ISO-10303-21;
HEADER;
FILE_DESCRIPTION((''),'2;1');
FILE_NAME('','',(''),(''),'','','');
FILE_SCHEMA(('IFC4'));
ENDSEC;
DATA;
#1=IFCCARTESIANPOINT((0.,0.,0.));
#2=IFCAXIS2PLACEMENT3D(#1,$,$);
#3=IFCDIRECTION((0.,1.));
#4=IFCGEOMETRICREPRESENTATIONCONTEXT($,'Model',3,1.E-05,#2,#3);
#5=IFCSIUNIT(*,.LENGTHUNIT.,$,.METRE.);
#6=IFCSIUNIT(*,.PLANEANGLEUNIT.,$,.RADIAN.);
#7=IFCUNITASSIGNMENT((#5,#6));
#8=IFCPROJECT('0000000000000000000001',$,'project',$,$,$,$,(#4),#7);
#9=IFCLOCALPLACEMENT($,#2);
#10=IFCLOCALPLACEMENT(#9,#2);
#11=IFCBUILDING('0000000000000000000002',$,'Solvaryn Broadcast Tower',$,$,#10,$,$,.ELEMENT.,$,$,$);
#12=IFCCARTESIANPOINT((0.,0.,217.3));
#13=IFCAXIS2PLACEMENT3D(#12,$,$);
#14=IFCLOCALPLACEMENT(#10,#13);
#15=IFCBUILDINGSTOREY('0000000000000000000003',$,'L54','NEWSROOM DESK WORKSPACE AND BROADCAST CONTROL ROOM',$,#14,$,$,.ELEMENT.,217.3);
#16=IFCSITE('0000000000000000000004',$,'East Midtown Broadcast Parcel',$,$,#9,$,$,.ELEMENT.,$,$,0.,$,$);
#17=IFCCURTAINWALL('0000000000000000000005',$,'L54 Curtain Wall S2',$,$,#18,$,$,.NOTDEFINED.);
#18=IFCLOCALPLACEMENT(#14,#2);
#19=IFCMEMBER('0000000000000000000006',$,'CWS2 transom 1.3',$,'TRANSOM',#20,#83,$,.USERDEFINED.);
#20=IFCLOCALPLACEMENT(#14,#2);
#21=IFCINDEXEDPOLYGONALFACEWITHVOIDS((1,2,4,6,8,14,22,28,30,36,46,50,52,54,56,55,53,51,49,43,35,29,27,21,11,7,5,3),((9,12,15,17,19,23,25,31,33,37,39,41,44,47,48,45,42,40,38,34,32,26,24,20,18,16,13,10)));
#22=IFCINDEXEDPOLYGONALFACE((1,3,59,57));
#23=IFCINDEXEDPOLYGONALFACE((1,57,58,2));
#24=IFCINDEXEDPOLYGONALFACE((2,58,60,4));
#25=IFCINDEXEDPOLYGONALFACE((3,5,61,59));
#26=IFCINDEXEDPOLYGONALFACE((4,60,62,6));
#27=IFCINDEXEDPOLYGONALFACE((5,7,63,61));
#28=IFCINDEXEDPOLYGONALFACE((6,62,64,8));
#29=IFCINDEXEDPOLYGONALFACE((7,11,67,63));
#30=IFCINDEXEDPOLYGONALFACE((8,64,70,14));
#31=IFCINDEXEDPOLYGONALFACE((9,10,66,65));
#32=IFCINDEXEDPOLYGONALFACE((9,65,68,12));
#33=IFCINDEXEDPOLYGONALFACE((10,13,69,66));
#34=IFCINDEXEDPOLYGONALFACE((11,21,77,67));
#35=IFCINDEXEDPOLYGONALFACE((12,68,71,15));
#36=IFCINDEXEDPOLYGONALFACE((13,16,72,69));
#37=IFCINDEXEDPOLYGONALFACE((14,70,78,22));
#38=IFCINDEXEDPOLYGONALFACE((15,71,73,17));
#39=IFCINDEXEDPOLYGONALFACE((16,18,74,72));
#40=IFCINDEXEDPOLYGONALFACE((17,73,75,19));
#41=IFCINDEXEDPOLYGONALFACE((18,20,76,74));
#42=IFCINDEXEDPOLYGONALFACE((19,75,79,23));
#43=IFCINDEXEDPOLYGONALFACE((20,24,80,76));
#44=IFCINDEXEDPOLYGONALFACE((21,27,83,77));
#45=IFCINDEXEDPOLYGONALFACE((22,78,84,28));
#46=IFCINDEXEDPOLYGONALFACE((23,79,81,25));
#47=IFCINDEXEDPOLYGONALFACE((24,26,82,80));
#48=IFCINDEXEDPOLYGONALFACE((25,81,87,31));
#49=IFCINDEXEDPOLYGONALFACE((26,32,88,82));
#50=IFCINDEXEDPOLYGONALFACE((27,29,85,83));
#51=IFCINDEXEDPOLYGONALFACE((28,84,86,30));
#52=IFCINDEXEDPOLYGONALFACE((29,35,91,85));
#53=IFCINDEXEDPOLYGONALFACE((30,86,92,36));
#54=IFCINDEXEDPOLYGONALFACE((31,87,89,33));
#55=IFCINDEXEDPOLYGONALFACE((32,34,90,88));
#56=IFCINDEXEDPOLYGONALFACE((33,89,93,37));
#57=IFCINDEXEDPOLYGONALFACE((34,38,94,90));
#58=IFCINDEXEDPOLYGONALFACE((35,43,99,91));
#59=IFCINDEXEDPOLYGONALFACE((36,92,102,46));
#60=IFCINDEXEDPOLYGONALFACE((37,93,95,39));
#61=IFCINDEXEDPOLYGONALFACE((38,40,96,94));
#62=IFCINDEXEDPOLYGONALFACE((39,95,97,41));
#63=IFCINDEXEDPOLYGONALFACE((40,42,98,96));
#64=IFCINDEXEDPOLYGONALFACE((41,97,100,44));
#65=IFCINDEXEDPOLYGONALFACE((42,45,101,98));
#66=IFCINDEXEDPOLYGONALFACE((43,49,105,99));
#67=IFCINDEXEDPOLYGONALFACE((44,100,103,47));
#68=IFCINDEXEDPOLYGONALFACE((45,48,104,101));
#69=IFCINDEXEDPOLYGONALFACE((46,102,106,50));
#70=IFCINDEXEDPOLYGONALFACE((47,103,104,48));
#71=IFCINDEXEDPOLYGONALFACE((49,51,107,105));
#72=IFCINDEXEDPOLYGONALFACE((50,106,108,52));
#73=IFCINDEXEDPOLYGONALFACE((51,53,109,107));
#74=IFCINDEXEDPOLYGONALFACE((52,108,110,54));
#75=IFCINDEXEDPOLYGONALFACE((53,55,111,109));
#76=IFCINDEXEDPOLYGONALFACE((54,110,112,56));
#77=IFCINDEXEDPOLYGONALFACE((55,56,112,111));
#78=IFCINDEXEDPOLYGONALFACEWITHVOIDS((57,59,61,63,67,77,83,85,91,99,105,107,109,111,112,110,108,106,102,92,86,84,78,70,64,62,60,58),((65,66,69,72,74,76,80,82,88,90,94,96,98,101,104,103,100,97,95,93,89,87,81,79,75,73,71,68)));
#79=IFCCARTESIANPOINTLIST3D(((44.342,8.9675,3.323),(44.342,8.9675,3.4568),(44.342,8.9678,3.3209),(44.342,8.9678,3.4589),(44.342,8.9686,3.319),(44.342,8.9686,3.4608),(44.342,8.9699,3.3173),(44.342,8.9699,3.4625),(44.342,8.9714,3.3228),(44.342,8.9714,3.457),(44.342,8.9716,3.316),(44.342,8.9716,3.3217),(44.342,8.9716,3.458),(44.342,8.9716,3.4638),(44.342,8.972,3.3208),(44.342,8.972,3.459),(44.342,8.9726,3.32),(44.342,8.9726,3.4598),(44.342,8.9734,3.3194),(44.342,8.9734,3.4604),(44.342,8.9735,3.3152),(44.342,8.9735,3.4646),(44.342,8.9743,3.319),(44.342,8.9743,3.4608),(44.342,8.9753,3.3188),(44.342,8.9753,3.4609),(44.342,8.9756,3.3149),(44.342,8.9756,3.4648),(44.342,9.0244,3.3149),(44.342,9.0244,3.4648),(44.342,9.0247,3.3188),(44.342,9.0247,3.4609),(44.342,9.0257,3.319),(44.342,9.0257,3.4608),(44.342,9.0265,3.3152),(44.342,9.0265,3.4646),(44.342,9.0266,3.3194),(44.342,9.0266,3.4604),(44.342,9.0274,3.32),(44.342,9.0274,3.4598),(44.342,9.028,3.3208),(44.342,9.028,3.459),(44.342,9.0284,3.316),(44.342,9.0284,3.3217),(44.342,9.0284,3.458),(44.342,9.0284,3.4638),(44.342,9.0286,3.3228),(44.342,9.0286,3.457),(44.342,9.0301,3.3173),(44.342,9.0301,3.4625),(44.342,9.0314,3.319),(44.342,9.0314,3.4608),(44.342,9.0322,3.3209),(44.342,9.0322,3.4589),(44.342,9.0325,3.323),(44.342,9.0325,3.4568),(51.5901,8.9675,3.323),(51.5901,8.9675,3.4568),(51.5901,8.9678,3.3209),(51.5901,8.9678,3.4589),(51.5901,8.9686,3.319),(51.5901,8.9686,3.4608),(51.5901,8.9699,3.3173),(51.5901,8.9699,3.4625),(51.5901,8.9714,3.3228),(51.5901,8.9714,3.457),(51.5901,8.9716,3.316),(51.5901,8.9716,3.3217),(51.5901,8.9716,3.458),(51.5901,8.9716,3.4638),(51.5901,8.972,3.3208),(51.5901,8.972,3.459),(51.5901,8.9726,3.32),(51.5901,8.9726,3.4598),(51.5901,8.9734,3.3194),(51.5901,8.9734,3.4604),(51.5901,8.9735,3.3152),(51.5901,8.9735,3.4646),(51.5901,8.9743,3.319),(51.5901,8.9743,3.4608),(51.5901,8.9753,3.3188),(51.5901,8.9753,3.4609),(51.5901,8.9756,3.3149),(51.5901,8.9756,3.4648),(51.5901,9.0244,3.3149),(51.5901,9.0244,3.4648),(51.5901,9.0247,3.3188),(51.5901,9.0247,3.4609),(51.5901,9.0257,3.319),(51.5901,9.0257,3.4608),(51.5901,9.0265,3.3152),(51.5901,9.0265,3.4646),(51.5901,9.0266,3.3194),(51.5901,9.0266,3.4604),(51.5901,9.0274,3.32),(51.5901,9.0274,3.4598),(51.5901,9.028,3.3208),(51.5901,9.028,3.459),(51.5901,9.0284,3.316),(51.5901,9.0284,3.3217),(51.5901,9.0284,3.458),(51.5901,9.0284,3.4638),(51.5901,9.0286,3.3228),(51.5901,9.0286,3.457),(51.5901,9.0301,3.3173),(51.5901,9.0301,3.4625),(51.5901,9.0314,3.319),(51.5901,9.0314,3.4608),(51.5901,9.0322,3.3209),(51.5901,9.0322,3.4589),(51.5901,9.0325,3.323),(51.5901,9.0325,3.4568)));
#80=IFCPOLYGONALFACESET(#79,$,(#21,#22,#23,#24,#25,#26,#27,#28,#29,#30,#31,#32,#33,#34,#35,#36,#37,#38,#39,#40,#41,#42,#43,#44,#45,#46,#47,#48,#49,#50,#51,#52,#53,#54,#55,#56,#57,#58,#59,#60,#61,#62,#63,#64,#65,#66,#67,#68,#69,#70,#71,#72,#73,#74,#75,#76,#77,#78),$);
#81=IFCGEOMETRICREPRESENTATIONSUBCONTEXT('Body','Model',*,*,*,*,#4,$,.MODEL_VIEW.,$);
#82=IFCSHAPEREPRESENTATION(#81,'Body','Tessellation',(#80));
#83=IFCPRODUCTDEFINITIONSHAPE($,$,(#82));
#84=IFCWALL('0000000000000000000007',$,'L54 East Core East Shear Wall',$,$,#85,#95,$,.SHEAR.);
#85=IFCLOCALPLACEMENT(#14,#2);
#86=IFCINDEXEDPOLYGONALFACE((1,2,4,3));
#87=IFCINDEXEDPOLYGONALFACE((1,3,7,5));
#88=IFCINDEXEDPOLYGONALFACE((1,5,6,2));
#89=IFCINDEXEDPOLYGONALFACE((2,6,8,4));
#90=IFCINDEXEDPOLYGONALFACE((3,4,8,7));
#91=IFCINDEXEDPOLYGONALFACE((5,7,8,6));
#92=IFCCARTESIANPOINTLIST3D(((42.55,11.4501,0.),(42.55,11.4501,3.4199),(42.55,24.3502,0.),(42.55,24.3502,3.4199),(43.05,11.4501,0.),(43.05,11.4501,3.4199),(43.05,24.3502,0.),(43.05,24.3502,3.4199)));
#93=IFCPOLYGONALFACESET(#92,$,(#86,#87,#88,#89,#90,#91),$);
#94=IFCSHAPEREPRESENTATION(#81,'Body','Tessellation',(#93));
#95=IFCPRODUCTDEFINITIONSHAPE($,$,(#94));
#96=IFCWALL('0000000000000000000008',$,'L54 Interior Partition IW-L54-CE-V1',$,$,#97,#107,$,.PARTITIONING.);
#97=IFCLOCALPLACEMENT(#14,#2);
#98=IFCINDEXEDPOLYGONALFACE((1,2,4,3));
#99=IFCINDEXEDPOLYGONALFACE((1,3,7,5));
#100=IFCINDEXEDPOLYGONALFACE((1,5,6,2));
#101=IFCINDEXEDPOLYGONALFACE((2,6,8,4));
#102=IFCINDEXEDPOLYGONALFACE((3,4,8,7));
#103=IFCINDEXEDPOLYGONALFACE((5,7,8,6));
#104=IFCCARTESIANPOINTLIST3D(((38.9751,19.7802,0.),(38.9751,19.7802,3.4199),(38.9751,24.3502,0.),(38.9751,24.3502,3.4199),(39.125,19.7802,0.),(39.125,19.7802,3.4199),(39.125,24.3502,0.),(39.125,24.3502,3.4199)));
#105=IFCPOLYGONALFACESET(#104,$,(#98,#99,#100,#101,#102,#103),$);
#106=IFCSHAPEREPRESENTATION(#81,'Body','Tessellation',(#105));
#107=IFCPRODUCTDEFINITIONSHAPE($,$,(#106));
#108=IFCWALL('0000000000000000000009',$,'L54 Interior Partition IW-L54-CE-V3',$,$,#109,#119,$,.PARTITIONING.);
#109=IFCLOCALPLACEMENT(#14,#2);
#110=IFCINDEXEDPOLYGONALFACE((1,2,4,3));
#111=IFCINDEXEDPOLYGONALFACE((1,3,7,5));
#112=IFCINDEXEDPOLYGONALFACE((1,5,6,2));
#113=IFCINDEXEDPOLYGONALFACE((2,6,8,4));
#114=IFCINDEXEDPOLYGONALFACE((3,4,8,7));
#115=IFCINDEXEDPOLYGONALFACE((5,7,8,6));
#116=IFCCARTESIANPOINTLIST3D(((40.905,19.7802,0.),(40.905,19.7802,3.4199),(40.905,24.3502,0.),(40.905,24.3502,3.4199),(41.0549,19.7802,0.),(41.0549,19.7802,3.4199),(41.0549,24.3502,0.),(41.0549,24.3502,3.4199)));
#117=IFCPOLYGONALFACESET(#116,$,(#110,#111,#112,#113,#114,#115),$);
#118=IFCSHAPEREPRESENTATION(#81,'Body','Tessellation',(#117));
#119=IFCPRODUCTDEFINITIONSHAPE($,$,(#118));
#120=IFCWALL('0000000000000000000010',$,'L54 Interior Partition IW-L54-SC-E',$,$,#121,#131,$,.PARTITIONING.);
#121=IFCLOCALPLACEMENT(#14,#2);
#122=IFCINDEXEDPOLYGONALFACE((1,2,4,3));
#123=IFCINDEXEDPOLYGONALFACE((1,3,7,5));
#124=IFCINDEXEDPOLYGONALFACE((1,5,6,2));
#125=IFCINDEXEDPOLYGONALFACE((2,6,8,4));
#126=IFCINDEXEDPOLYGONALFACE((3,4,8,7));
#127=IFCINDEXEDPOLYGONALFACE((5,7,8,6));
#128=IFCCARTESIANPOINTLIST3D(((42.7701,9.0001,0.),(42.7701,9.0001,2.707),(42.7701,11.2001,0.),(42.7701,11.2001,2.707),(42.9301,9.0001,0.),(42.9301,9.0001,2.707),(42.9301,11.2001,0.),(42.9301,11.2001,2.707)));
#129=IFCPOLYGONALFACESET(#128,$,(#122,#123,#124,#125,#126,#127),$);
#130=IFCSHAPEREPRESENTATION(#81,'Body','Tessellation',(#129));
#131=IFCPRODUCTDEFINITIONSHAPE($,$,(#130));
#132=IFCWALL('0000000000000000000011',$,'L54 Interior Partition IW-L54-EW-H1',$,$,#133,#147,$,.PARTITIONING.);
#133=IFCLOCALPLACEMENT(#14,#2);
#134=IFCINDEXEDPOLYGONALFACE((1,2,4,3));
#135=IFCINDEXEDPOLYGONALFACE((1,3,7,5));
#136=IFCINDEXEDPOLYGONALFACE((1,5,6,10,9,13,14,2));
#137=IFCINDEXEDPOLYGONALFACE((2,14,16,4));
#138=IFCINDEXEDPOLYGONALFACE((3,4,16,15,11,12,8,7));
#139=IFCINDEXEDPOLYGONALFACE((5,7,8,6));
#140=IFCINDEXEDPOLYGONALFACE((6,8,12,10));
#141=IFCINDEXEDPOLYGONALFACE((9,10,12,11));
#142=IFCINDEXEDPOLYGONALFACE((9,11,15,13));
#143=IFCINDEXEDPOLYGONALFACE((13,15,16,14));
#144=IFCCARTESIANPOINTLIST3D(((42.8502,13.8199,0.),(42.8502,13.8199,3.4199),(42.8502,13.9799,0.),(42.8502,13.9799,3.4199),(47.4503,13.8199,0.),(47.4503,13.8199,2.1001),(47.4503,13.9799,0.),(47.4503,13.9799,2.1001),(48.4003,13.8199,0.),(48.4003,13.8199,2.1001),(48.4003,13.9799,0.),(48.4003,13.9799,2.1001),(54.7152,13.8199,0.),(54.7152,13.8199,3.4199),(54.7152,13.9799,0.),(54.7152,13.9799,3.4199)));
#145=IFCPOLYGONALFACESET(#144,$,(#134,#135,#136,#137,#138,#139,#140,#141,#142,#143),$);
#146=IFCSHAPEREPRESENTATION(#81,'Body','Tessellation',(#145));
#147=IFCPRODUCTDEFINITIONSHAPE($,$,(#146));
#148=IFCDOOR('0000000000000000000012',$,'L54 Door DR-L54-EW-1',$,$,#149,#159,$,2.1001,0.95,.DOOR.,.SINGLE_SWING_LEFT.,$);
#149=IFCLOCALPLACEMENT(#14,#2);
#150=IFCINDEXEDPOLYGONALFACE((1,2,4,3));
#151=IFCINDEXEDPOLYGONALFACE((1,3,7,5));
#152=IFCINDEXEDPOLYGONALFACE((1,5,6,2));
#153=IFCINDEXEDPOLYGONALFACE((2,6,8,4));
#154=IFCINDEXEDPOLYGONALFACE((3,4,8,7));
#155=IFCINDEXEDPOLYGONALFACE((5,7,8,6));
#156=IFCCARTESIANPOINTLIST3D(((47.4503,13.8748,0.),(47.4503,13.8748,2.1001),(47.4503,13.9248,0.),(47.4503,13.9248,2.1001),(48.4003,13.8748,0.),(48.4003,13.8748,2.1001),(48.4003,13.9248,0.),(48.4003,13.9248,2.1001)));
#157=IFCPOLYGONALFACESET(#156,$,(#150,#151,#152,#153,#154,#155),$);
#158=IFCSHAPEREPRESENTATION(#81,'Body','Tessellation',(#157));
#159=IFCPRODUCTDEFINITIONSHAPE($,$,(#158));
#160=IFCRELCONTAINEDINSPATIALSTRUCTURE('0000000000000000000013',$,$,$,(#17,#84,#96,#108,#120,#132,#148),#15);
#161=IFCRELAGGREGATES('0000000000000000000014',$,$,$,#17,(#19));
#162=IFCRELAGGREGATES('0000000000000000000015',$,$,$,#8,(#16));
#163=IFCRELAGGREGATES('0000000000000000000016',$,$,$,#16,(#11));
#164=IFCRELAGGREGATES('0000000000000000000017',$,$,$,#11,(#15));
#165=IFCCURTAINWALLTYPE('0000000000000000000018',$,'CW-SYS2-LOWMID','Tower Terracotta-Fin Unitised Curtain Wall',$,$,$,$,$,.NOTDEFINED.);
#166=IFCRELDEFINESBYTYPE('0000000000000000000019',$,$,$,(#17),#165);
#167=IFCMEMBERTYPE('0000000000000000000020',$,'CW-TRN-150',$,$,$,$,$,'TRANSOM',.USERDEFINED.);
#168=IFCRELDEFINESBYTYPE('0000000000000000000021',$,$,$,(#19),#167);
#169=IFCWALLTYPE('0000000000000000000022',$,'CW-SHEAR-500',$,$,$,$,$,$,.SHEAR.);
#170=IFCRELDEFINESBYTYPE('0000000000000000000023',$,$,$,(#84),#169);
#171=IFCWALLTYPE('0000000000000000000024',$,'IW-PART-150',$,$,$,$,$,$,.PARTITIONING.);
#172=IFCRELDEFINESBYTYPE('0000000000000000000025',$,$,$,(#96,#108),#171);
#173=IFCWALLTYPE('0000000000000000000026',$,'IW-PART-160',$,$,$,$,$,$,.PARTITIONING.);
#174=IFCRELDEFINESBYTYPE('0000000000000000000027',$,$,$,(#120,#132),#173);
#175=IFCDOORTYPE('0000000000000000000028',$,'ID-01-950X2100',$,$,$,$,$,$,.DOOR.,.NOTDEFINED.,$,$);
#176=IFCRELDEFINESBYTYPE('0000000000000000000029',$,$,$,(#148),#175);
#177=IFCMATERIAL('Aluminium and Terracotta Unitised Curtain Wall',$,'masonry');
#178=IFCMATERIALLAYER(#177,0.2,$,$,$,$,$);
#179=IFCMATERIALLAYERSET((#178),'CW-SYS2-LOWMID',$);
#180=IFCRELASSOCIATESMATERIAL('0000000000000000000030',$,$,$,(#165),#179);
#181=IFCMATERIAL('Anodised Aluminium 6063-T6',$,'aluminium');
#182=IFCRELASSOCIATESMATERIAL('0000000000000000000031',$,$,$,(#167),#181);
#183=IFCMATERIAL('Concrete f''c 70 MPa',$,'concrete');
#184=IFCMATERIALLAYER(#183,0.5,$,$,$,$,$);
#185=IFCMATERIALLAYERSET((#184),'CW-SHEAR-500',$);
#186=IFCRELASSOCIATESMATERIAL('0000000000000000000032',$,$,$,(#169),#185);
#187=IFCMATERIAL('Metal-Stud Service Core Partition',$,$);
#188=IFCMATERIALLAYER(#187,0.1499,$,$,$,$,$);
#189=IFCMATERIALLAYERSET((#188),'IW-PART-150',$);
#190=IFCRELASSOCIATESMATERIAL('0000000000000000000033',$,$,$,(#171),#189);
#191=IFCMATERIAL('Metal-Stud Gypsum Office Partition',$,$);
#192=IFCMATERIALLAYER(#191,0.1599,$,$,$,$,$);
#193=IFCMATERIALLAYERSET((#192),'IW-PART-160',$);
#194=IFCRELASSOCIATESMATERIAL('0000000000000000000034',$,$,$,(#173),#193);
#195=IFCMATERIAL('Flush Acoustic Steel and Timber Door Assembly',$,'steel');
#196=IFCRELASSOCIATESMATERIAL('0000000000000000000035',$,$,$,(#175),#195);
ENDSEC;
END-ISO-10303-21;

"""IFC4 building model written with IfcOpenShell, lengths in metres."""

from ifc_helpers import new_model, si_unit, direction, frame, frame_2d, origin, origin_2d, place, context, subcontext, project, spatial, rectangle, hollow_rectangle, extrude, material, layer, layer_set, material_profile, profile_set, type_object, element, fill, aggregate, save


model = new_model("IFC4")

# Units and contexts
model_context = context("Model", 3, precision=1e-05, world=origin(), true_north=direction((0.0, 1.0)))
body_context = subcontext(model_context, "Body", "Model", "MODEL_VIEW")
ifc_project = project(units=[si_unit("LENGTHUNIT", "METRE"), si_unit("PLANEANGLEUNIT", "RADIAN")], contexts=[model_context])

# Site, building, storey
site_placement = place(None, origin())
site = spatial("IfcSite", under=ifc_project, at=site_placement, Name="East Midtown Broadcast Parcel", CompositionType="ELEMENT", RefElevation=0.0)
building_placement = place(site_placement, origin())
building = spatial("IfcBuilding", under=site, at=building_placement, Name="Solvaryn Broadcast Tower", CompositionType="ELEMENT")
storey_placement = place(building_placement, frame((0.0, 0.0, 217.3)))
storey = spatial("IfcBuildingStorey", under=building, at=storey_placement, Name="L54", Description="NEWSROOM DESK WORKSPACE AND BROADCAST CONTROL ROOM", CompositionType="ELEMENT", Elevation=217.3)

# Shared definitions
ifc_material_1 = material(Name="Aluminium and Terracotta Unitised Curtain Wall", Category="masonry")
ifc_layer_1 = layer(ifc_material_1, 0.2)
ifc_layer_set_1 = layer_set([ifc_layer_1], Name="CW-SYS2-LOWMID")
curtain_wall_type = type_object("IfcCurtainWallType", Name="CW-SYS2-LOWMID", Description="Tower Terracotta-Fin Unitised Curtain Wall", PredefinedType="NOTDEFINED", material=ifc_layer_set_1)

# Curtain wall, member
curtain_wall_1_placement = place(storey_placement, origin())
curtain_wall_1 = element("IfcCurtainWall", 1, at=curtain_wall_1_placement, inside=storey, type_object=curtain_wall_type, Name="L54 Curtain Wall S2", PredefinedType="NOTDEFINED")
ifc_material_2 = material(Name="Anodised Aluminium 6063-T6", Category="aluminium")
ifc_material_profile_1 = material_profile(ifc_material_2, hollow_rectangle(XDim=0.0649, YDim=0.1499, WallThickness=0.0039, InnerFilletRadius=0.0039, OuterFilletRadius=0.0081, at=origin_2d()))
ifc_profile_set_1 = profile_set([ifc_material_profile_1], Name="Anodised Aluminium 6063-T6")
member_type_1 = type_object("IfcMemberType", Name="CW-TRN-150", ElementType="TRANSOM", PredefinedType="USERDEFINED", material=ifc_profile_set_1)
member_1_placement = place(storey_placement, frame((44.342, 9.0, 3.3899), z_axis=(1.0, 0.0, 0.0), x_axis=(0.0, 1.0, 0.0)))
member_1 = element("IfcMember", 2, at=member_1_placement, type_object=member_type_1, Name="CWS2 transom 1.3", ObjectType="TRANSOM", PredefinedType="USERDEFINED", context=body_context, shape_type="SweptSolid", body=[
    extrude(hollow_rectangle(XDim=0.0649, YDim=0.1499, WallThickness=0.0039, InnerFilletRadius=0.0039, OuterFilletRadius=0.0081, at=origin_2d()), origin(), (0.0, 0.0, 1.0), 7.248),
])
aggregate(curtain_wall_1, [member_1])

# Walls
ifc_material_3 = material(Name="Concrete f'c 70 MPa", Category="concrete")
ifc_layer_2 = layer(ifc_material_3, 0.5)
ifc_layer_set_2 = layer_set([ifc_layer_2], Name="CW-SHEAR-500")
wall_type_1 = type_object("IfcWallType", Name="CW-SHEAR-500", PredefinedType="SHEAR", material=ifc_layer_set_2)
wall_1_placement = place(storey_placement, frame((42.8, 11.45, 0.0), z_axis=(0.0, 0.0, 1.0), x_axis=(0.0, 1.0, 0.0)))
element("IfcWall", 3, at=wall_1_placement, inside=storey, type_object=wall_type_1, Name="L54 East Core East Shear Wall", PredefinedType="SHEAR", context=body_context, shape_type="SweptSolid", body=[
    extrude(rectangle(XDim=12.9001, YDim=0.5, at=frame_2d((6.4502, 0.0))), origin(), (0.0, 0.0, 1.0), 3.4199),
])
ifc_material_4 = material(Name="Metal-Stud Service Core Partition")
ifc_layer_3 = layer(ifc_material_4, 0.1499)
ifc_layer_set_3 = layer_set([ifc_layer_3], Name="IW-PART-150")
wall_type_2 = type_object("IfcWallType", Name="IW-PART-150", PredefinedType="PARTITIONING", material=ifc_layer_set_3)
for number, where, z_axis, x_axis, name in (
    (4, (39.05, 19.78, 0.0), (0.0, 0.0, 1.0), (0.0, 1.0, 0.0), "L54 Interior Partition IW-L54-CE-V1"),
    (5, (40.98, 19.78, 0.0), (0.0, 0.0, 1.0), (0.0, 1.0, 0.0), "L54 Interior Partition IW-L54-CE-V3"),
):
    element("IfcWall", number, at=place(storey_placement, frame(where, z_axis=z_axis, x_axis=x_axis)), inside=storey, type_object=wall_type_2, Name=name, PredefinedType="PARTITIONING", context=body_context, shape_type="SweptSolid", body=[
        extrude(rectangle(XDim=4.5701, YDim=0.1499, at=frame_2d((2.2852, 0.0))), origin(), (0.0, 0.0, 1.0), 3.4199),
    ])
ifc_material_5 = material(Name="Metal-Stud Gypsum Office Partition")
ifc_layer_4 = layer(ifc_material_5, 0.1599)
ifc_layer_set_4 = layer_set([ifc_layer_4], Name="IW-PART-160")
wall_type_3 = type_object("IfcWallType", Name="IW-PART-160", PredefinedType="PARTITIONING", material=ifc_layer_set_4)
wall_2_placement = place(storey_placement, frame((42.8501, 9.0, 0.0), z_axis=(0.0, 0.0, 1.0), x_axis=(0.0, 1.0, 0.0)))
element("IfcWall", 6, at=wall_2_placement, inside=storey, type_object=wall_type_3, Name="L54 Interior Partition IW-L54-SC-E", PredefinedType="PARTITIONING", context=body_context, shape_type="SweptSolid", body=[
    extrude(rectangle(XDim=2.2, YDim=0.1599, at=frame_2d((1.1001, 0.0))), origin(), (0.0, 0.0, 1.0), 2.707),
])

# Wall, opening, door
wall_3_placement = place(storey_placement, frame((42.8501, 13.8999, 0.0), z_axis=(0.0, 0.0, 1.0), x_axis=(1.0, 0.0, 0.0)))
wall_3 = element("IfcWall", 7, at=wall_3_placement, inside=storey, type_object=wall_type_3, Name="L54 Interior Partition IW-L54-EW-H1", PredefinedType="PARTITIONING", context=body_context, shape_type="SweptSolid", body=[
    extrude(rectangle(XDim=11.865, YDim=0.1599, at=frame_2d((5.9326, 0.0))), origin(), (0.0, 0.0, 1.0), 3.4199),
])
opening_1_placement = place(wall_3_placement, frame((4.6001, 0.0, 0.0)))
opening_1 = element("IfcOpeningElement", 8, at=opening_1_placement, cuts=wall_3, PredefinedType="OPENING", context=body_context, shape_type="SweptSolid", body=[
    extrude(rectangle(XDim=0.95, YDim=2.1001, at=frame_2d((0.4751, 1.05))), frame((0.0, 0.0901, 0.0), z_axis=(0.0, -1.0, 0.0), x_axis=(1.0, 0.0, 0.0)), (0.0, 0.0, 1.0), 0.1799),
])
ifc_material_6 = material(Name="Flush Acoustic Steel and Timber Door Assembly", Category="steel")
door_type_1 = type_object("IfcDoorType", Name="ID-01-950X2100", OperationType="NOTDEFINED", PredefinedType="DOOR", material=ifc_material_6)
door_1_placement = place(opening_1_placement, origin())
door_1 = element("IfcDoor", 9, at=door_1_placement, inside=storey, type_object=door_type_1, Name="L54 Door DR-L54-EW-1", OperationType="SINGLE_SWING_LEFT", OverallHeight=2.1001, OverallWidth=0.95, PredefinedType="DOOR", context=body_context, shape_type="SweptSolid", body=[
    extrude(rectangle(XDim=0.95, YDim=2.1001, at=frame_2d((0.4751, 1.05))), frame((0.0, 0.0249, 0.0), z_axis=(0.0, -1.0, 0.0), x_axis=(1.0, 0.0, 0.0)), (0.0, 0.0, 1.0), 0.05),
])
fill(opening_1, door_1)

save(model, "model.ifc")
